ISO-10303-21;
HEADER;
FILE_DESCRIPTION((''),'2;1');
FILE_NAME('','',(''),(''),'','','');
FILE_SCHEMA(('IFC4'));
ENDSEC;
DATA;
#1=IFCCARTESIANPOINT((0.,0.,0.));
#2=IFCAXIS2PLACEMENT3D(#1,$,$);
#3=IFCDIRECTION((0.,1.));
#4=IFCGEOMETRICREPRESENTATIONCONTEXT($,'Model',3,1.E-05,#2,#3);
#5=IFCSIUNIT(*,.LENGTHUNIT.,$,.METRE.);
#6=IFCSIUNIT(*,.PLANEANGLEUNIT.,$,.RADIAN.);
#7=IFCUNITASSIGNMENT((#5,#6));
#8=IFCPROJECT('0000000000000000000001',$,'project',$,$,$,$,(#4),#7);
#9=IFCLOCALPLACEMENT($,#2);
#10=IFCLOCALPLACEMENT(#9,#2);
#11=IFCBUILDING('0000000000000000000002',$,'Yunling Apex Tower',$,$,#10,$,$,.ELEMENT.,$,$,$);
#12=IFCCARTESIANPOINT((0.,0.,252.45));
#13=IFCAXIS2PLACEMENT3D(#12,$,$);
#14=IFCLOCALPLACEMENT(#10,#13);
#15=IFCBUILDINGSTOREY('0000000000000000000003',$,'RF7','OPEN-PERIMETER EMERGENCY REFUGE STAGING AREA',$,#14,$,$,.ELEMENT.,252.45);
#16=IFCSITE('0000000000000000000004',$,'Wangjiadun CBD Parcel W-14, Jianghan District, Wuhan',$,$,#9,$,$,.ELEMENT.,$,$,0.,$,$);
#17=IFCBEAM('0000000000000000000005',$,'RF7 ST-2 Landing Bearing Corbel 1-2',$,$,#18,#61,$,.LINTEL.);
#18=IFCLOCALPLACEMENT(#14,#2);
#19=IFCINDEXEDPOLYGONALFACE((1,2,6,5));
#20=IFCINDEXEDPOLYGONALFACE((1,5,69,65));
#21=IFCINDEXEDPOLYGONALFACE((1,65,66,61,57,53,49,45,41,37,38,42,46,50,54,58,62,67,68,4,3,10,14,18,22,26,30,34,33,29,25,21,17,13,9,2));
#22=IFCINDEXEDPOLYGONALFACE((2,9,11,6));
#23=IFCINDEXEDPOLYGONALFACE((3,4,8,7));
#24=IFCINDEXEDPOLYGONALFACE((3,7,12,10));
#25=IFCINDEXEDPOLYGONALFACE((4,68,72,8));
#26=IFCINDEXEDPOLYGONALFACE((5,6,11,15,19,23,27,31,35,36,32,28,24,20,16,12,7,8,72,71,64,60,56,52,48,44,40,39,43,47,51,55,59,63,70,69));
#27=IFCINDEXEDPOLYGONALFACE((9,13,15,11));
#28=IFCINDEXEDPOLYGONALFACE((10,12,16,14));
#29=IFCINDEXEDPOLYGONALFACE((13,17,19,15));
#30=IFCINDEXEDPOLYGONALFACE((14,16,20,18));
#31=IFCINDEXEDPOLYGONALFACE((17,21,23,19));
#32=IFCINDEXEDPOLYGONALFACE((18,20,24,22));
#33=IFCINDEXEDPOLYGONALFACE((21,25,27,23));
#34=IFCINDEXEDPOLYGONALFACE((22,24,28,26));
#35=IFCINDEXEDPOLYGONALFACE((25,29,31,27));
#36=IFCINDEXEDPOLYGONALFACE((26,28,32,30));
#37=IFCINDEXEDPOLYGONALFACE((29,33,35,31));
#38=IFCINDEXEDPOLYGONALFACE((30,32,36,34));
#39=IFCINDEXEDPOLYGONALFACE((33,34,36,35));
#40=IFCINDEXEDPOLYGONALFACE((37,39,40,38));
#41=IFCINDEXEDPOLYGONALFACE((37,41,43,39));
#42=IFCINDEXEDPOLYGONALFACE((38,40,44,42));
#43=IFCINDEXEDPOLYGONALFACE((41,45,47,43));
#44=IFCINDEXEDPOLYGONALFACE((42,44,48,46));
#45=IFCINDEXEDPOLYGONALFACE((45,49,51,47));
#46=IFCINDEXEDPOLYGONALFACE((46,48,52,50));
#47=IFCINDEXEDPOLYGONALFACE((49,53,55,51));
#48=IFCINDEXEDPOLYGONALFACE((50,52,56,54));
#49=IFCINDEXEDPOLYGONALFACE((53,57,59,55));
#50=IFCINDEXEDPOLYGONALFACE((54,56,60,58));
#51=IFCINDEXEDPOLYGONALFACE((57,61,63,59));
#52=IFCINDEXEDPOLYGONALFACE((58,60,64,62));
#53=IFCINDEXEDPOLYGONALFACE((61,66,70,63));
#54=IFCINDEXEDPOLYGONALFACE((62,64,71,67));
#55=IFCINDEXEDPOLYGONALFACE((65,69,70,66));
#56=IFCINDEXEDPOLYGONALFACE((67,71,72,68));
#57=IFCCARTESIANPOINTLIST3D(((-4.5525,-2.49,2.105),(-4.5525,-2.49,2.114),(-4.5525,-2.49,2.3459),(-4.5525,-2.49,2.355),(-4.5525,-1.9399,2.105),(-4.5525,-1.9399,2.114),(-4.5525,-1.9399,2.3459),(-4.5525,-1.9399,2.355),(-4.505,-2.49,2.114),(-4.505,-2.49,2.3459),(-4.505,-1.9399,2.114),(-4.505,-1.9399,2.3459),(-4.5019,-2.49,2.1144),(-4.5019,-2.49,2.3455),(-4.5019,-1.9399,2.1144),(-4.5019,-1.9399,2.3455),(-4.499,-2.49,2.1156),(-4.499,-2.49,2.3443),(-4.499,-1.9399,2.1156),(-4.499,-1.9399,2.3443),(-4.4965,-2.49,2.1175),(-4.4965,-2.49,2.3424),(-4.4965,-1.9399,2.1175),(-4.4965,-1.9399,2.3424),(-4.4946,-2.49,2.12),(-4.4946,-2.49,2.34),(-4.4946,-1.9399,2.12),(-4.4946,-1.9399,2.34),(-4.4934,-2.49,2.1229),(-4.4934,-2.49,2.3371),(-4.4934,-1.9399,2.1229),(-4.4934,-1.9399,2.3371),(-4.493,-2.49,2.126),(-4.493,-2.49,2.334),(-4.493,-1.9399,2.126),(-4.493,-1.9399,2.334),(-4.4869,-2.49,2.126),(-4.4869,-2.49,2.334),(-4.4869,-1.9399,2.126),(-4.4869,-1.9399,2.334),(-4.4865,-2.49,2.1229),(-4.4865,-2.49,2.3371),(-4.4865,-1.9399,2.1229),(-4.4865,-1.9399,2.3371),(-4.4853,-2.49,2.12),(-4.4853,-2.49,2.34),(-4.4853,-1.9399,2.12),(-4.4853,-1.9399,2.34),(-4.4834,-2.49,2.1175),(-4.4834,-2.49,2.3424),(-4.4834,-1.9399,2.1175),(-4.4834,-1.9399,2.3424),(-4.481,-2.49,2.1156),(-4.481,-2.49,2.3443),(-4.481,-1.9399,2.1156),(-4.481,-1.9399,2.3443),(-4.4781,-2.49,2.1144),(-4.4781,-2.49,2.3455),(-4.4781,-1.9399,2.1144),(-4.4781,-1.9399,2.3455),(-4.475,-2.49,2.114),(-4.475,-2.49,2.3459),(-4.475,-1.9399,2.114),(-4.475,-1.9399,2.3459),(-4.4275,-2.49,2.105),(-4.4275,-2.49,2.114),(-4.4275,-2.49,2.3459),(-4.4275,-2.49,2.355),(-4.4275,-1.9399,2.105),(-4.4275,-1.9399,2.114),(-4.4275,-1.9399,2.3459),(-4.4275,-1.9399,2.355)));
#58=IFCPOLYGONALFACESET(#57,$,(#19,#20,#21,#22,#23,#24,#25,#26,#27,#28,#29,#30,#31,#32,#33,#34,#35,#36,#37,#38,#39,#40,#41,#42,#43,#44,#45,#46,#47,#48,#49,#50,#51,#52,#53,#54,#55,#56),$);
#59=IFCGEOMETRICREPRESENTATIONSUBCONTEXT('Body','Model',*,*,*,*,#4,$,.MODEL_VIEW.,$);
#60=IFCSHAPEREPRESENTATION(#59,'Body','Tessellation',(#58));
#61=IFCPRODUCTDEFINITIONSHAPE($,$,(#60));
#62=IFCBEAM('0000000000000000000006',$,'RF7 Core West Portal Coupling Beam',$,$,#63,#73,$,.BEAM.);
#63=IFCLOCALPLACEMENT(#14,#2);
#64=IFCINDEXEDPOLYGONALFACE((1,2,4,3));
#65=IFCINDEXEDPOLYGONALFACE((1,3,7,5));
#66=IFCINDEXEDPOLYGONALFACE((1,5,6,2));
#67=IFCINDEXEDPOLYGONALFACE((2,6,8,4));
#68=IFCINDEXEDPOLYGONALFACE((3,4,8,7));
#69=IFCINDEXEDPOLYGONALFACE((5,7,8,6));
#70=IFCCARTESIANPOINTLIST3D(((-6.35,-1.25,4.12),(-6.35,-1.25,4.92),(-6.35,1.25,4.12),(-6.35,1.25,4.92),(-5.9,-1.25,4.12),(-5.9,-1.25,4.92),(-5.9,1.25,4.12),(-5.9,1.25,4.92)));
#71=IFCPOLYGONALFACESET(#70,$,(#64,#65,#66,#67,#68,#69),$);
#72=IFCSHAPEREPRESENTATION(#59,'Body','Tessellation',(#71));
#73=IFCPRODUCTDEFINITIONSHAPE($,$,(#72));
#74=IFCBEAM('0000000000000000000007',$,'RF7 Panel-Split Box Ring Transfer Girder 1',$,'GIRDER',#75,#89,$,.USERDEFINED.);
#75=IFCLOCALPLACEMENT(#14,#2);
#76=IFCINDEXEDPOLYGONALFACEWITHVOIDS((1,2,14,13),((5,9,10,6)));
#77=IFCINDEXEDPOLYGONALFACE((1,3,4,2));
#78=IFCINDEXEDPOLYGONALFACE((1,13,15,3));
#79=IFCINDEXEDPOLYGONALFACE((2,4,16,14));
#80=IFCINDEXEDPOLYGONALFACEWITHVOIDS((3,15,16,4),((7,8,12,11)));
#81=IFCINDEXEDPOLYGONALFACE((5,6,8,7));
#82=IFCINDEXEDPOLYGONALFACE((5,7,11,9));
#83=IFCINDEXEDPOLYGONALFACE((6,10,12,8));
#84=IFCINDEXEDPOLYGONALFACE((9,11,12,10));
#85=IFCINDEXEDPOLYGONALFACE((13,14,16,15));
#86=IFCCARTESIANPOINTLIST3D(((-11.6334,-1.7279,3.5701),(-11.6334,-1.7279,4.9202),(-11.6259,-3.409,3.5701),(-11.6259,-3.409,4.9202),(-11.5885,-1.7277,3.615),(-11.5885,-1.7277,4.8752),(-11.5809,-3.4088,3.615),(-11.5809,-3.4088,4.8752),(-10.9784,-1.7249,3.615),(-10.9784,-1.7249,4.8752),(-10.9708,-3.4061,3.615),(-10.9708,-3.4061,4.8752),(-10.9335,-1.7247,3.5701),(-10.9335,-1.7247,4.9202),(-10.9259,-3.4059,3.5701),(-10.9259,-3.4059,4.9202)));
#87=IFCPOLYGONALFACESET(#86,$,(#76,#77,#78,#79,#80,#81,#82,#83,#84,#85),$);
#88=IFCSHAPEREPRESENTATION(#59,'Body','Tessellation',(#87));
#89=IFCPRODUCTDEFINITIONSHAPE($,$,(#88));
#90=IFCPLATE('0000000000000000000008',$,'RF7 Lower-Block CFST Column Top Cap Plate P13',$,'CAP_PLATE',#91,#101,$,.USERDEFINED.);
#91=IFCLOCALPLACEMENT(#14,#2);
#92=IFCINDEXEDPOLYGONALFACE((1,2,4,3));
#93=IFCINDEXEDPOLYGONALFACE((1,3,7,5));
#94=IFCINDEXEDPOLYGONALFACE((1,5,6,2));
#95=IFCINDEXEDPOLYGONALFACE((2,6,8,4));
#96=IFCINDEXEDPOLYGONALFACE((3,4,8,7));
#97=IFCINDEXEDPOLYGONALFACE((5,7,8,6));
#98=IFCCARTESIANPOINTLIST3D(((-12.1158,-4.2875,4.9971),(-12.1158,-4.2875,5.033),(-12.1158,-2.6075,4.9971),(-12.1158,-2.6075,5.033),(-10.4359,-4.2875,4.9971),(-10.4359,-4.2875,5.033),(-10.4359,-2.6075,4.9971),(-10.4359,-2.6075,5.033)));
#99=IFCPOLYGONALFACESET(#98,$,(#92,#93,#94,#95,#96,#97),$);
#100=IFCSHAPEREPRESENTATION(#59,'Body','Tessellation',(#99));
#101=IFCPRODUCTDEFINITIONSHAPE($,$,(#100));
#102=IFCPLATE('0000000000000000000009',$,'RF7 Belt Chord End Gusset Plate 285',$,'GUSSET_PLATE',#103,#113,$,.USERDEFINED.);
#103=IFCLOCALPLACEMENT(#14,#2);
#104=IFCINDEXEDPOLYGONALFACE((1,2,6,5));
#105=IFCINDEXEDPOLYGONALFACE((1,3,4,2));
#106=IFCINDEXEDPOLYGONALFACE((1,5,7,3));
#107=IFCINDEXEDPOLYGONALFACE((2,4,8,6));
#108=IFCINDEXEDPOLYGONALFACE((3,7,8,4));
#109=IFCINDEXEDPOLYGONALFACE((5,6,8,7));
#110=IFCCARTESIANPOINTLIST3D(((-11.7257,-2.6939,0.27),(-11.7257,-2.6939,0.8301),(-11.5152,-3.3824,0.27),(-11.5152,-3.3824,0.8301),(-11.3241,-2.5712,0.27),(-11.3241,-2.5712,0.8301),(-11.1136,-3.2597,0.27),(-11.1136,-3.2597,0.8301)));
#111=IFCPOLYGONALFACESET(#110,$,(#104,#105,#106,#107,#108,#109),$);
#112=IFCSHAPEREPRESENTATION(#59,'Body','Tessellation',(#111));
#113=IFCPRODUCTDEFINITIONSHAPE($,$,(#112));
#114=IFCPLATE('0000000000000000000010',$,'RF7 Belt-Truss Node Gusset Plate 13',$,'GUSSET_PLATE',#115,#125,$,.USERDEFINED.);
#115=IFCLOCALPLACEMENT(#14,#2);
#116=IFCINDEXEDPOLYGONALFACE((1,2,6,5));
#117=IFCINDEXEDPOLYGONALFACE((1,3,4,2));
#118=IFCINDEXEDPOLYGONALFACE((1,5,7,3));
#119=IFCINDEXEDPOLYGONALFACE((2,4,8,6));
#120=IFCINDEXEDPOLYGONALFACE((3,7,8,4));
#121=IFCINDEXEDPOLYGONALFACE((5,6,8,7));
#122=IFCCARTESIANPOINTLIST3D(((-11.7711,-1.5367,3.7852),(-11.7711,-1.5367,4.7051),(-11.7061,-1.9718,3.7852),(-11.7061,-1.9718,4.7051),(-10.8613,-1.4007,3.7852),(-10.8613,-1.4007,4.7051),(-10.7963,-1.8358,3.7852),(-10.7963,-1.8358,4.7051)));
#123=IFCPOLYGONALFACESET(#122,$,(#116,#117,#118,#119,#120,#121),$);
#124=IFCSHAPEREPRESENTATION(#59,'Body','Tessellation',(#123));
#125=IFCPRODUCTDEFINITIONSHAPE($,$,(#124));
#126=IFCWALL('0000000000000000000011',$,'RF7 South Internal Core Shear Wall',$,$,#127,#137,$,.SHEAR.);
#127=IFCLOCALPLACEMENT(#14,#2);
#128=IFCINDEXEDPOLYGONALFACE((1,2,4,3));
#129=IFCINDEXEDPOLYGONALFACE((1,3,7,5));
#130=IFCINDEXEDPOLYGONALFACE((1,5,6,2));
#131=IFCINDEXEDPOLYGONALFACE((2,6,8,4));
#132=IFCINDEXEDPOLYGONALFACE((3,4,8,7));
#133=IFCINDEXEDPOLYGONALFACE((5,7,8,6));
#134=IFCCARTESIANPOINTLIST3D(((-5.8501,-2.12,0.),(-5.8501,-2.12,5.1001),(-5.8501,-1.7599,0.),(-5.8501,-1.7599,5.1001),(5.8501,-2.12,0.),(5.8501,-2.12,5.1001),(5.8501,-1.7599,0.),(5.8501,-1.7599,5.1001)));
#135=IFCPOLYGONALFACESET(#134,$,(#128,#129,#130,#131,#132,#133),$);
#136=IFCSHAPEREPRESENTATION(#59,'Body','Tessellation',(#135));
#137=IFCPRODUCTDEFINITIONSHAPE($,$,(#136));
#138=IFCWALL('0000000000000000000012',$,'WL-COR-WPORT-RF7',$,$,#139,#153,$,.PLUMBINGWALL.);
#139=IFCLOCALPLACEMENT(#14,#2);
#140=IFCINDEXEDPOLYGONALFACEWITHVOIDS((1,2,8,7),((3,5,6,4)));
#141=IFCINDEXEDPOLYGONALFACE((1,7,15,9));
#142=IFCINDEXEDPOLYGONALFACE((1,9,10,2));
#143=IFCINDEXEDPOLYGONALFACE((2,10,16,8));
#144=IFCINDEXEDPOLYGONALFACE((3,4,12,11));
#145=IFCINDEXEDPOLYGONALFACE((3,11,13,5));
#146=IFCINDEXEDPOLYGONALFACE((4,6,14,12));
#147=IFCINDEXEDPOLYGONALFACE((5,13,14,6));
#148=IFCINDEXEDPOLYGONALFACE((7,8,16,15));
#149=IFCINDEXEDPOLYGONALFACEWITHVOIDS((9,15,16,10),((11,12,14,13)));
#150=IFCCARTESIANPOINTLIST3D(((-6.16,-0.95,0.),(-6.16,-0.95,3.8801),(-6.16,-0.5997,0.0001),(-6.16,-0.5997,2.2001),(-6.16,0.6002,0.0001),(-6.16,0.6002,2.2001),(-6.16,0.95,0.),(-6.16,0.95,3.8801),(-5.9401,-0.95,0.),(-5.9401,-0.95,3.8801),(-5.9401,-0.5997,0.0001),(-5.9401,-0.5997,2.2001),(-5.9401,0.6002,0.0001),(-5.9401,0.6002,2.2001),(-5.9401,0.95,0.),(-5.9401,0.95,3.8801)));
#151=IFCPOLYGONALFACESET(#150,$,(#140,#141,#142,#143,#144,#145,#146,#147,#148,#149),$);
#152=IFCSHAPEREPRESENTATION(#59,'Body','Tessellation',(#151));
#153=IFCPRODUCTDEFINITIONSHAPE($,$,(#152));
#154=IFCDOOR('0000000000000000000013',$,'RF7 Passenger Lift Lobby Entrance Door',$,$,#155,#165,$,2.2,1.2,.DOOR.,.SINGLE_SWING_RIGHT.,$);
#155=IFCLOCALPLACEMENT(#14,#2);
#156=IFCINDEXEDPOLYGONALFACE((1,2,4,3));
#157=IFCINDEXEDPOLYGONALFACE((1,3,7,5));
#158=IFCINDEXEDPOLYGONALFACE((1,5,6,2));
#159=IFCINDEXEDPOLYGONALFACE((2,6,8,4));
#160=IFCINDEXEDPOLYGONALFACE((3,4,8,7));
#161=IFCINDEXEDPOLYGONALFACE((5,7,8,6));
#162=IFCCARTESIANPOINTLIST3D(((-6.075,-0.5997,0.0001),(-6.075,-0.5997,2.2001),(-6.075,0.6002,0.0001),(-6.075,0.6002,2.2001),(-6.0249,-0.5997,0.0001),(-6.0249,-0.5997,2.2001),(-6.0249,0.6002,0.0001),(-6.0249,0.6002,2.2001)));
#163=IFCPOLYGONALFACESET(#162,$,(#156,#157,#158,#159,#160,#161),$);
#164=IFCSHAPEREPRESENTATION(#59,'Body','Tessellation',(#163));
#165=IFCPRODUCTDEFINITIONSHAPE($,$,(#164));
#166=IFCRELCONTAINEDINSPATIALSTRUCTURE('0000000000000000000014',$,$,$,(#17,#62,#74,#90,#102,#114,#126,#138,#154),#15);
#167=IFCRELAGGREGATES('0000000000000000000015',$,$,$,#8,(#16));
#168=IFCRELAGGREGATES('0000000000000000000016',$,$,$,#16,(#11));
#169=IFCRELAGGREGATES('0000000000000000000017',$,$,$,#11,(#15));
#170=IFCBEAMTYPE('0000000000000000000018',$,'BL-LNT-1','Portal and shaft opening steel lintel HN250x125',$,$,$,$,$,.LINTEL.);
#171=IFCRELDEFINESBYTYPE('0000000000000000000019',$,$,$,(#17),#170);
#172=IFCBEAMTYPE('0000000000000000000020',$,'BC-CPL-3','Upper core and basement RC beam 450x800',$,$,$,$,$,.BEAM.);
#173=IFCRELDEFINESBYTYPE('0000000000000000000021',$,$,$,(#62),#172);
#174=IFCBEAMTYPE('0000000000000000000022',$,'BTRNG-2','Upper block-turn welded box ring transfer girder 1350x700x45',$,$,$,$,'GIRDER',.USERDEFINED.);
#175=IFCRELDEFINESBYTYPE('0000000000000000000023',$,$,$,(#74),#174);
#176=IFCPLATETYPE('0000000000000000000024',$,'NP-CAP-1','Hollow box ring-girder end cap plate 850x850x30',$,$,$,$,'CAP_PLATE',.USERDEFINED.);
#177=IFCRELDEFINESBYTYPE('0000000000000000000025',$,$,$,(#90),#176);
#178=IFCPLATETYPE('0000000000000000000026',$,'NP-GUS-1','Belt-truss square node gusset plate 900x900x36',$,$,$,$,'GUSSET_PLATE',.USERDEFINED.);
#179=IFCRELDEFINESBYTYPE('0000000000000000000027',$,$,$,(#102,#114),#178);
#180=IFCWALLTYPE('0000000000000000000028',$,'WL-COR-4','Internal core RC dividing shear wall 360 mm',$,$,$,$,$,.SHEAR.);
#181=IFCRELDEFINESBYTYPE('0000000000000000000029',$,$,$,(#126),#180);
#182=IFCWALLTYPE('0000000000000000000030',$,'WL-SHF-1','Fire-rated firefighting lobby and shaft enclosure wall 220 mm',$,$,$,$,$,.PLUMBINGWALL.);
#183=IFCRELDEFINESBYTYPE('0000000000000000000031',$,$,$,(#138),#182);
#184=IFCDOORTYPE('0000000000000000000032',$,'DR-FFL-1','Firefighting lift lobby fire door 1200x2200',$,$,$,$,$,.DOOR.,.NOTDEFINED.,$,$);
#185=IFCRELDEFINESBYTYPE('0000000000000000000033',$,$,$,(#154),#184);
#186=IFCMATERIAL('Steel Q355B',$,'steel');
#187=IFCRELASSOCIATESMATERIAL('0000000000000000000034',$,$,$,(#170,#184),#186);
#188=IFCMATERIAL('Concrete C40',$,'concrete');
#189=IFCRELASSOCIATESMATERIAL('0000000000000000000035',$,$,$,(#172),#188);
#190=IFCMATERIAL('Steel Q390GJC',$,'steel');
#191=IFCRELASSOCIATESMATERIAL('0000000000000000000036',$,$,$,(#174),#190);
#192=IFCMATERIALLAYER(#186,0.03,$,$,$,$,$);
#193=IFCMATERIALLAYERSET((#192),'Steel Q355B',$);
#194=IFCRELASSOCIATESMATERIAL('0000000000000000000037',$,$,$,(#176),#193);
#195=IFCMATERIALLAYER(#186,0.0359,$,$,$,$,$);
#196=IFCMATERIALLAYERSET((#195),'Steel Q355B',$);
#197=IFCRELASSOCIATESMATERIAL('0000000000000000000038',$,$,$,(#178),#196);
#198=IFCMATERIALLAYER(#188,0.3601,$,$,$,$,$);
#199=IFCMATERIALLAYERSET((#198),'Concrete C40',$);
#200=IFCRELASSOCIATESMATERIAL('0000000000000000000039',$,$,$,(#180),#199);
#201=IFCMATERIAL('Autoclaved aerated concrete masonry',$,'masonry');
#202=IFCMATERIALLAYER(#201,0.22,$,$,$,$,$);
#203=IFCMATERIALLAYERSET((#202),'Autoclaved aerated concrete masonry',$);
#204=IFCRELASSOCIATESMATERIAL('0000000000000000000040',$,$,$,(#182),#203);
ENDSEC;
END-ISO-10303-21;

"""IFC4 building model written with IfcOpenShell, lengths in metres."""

from ifc_helpers import new_model, si_unit, direction, frame, frame_2d, origin, origin_2d, place, context, subcontext, project, spatial, rectangle, hollow_rectangle, i_section, extrude, source, transform, mapped, material, layer, layer_set, material_profile, profile_set, type_object, element, fill, save


model = new_model("IFC4")

# Units and contexts
model_context = context("Model", 3, precision=1e-05, world=origin(), true_north=direction((0.0, 1.0)))
body_context = subcontext(model_context, "Body", "Model", "MODEL_VIEW")
ifc_project = project(units=[si_unit("LENGTHUNIT", "METRE"), si_unit("PLANEANGLEUNIT", "RADIAN")], contexts=[model_context])

# Site, building, storey
site_placement = place(None, origin())
site = spatial("IfcSite", under=ifc_project, at=site_placement, Name="Wangjiadun CBD Parcel W-14, Jianghan District, Wuhan", CompositionType="ELEMENT", RefElevation=0.0)
building_placement = place(site_placement, origin())
building = spatial("IfcBuilding", under=site, at=building_placement, Name="Yunling Apex Tower", CompositionType="ELEMENT")
storey_placement = place(building_placement, frame((0.0, 0.0, 252.45)))
storey = spatial("IfcBuildingStorey", under=building, at=storey_placement, Name="RF7", Description="OPEN-PERIMETER EMERGENCY REFUGE STAGING AREA", CompositionType="ELEMENT", Elevation=252.45)

# Shared definitions
ifc_material_1 = material(Name="Steel Q390GJC", Category="steel")

# Beams
ifc_material_2 = material(Name="Steel Q355B", Category="steel")
ifc_material_profile_1 = material_profile(ifc_material_2, i_section(OverallWidth=0.125, OverallDepth=0.25, WebThickness=0.0061, FlangeThickness=0.009, FilletRadius=0.012, at=origin_2d()))
ifc_profile_set_1 = profile_set([ifc_material_profile_1], Name="Steel Q355B")
beam_type_1 = type_object("IfcBeamType", Name="BL-LNT-1", Description="Portal and shaft opening steel lintel HN250x125", PredefinedType="LINTEL", material=ifc_profile_set_1)
shared_shape_1 = source(origin(), body_context, "Body", "SweptSolid", [
    extrude(i_section(OverallWidth=0.125, OverallDepth=0.25, WebThickness=0.0061, FlangeThickness=0.009, FilletRadius=0.012, at=origin_2d()), origin(), (0.0, 0.0, 1.0), 0.55),
])
for number, where, z_axis, x_axis, name in (
    (1, (-4.49, -1.9399, 2.23), (0.0, -1.0, 0.0), (1.0, 0.0, 0.0), "RF7 ST-2 Landing Bearing Corbel 1-2"),
):
    element("IfcBeam", number, at=place(storey_placement, frame(where, z_axis=z_axis, x_axis=x_axis)), inside=storey, type_object=beam_type_1, Name=name, PredefinedType="LINTEL", context=body_context, shape_type="MappedRepresentation", body=[
        mapped(shared_shape_1, transform((0.0, 0.0, 0.0), scale=1.0)),
    ])
ifc_material_3 = material(Name="Concrete C40", Category="concrete")
ifc_material_profile_2 = material_profile(ifc_material_3, rectangle(XDim=0.45, YDim=0.8, at=origin_2d()))
ifc_profile_set_2 = profile_set([ifc_material_profile_2], Name="Concrete C40")
beam_type_2 = type_object("IfcBeamType", Name="BC-CPL-3", Description="Upper core and basement RC beam 450x800", PredefinedType="BEAM", material=ifc_profile_set_2)
shared_shape_2 = source(origin(), body_context, "Body", "SweptSolid", [
    extrude(rectangle(XDim=0.45, YDim=0.8, at=origin_2d()), origin(), (0.0, 0.0, 1.0), 2.5),
])
beam_1_placement = place(storey_placement, frame((-6.125, -1.25, 4.52), z_axis=(0.0, 1.0, 0.0), x_axis=(-1.0, 0.0, 0.0)))
element("IfcBeam", 2, at=beam_1_placement, inside=storey, type_object=beam_type_2, Name="RF7 Core West Portal Coupling Beam", PredefinedType="BEAM", context=body_context, shape_type="MappedRepresentation", body=[
    mapped(shared_shape_2, transform((0.0, 0.0, 0.0), scale=1.0)),
])
ifc_material_profile_3 = material_profile(ifc_material_1, hollow_rectangle(XDim=0.7, YDim=1.3501, WallThickness=0.0449, at=origin_2d()))
ifc_profile_set_3 = profile_set([ifc_material_profile_3], Name="Steel Q390GJC")
beam_type_3 = type_object("IfcBeamType", Name="BTRNG-2", Description="Upper block-turn welded box ring transfer girder 1350x700x45", ElementType="GIRDER", PredefinedType="USERDEFINED", material=ifc_profile_set_3)
shared_shape_3 = source(origin(), body_context, "Body", "SweptSolid", [
    extrude(hollow_rectangle(XDim=0.7, YDim=1.3501, WallThickness=0.0449, at=origin_2d()), origin(), (0.0, 0.0, 1.0), 1.6812),
])
beam_2_placement = place(storey_placement, frame((-11.2834, -1.7263, 4.2451), z_axis=(0.004502, -0.99999, 0.0), x_axis=(0.99999, 0.004502, 0.0)))
element("IfcBeam", 3, at=beam_2_placement, inside=storey, type_object=beam_type_3, Name="RF7 Panel-Split Box Ring Transfer Girder 1", ObjectType="GIRDER", PredefinedType="USERDEFINED", context=body_context, shape_type="MappedRepresentation", body=[
    mapped(shared_shape_3, transform((0.0, 0.0, 0.0), scale=1.0)),
])

# Plates
ifc_layer_1 = layer(ifc_material_2, 0.03)
ifc_layer_set_1 = layer_set([ifc_layer_1], Name="Steel Q355B")
plate_type_1 = type_object("IfcPlateType", Name="NP-CAP-1", Description="Hollow box ring-girder end cap plate 850x850x30", ElementType="CAP_PLATE", PredefinedType="USERDEFINED", material=ifc_layer_set_1)
shared_shape_4 = source(origin(), body_context, "Body", "SweptSolid", [
    extrude(rectangle(XDim=1.6799, YDim=1.6799, at=origin_2d()), origin(), (0.0, 0.0, 1.0), 0.0359),
])
plate_1_placement = place(storey_placement, frame((-11.2759, -3.4475, 4.9971), z_axis=(0.0, 0.0, 1.0), x_axis=(1.0, 0.0, 0.0)))
element("IfcPlate", 4, at=plate_1_placement, inside=storey, type_object=plate_type_1, Name="RF7 Lower-Block CFST Column Top Cap Plate P13", ObjectType="CAP_PLATE", PredefinedType="USERDEFINED", context=body_context, shape_type="MappedRepresentation", body=[
    mapped(shared_shape_4, transform((0.0, 0.0, 0.0), scale=1.0)),
])
ifc_layer_2 = layer(ifc_material_2, 0.0359)
ifc_layer_set_2 = layer_set([ifc_layer_2], Name="Steel Q355B")
plate_type_2 = type_object("IfcPlateType", Name="NP-GUS-1", Description="Belt-truss square node gusset plate 900x900x36", ElementType="GUSSET_PLATE", PredefinedType="USERDEFINED", material=ifc_layer_set_2)
shared_shape_5 = source(origin(), body_context, "Body", "SweptSolid", [
    extrude(rectangle(XDim=0.72, YDim=0.4199, at=origin_2d()), origin(), (0.0, 0.0, 1.0), 0.5601),
])
plate_2_placement = place(storey_placement, frame((-11.4197, -2.9768, 0.27), z_axis=(0.0, 0.0, 1.0), x_axis=(0.292372, -0.956305, 0.0)))
element("IfcPlate", 5, at=plate_2_placement, inside=storey, type_object=plate_type_2, Name="RF7 Belt Chord End Gusset Plate 285", ObjectType="GUSSET_PLATE", PredefinedType="USERDEFINED", context=body_context, shape_type="MappedRepresentation", body=[
    mapped(shared_shape_5, transform((0.0, 0.0, 0.0), scale=1.0)),
])
shared_shape_6 = source(origin(), body_context, "Body", "SweptSolid", [
    extrude(rectangle(XDim=0.9199, YDim=0.4399, at=origin_2d()), origin(), (0.0, 0.0, 1.0), 0.9199),
])
plate_3_placement = place(storey_placement, frame((-11.2837, -1.6863, 3.7852), z_axis=(0.0, 0.0, 1.0), x_axis=(-0.989016, -0.147809, 0.0)))
element("IfcPlate", 6, at=plate_3_placement, inside=storey, type_object=plate_type_2, Name="RF7 Belt-Truss Node Gusset Plate 13", ObjectType="GUSSET_PLATE", PredefinedType="USERDEFINED", context=body_context, shape_type="MappedRepresentation", body=[
    mapped(shared_shape_6, transform((0.0, 0.0, 0.0), scale=1.0)),
])

# Wall
ifc_layer_3 = layer(ifc_material_3, 0.3601)
ifc_layer_set_3 = layer_set([ifc_layer_3], Name="Concrete C40")
wall_type_1 = type_object("IfcWallType", Name="WL-COR-4", Description="Internal core RC dividing shear wall 360 mm", PredefinedType="SHEAR", material=ifc_layer_set_3)
wall_1_placement = place(storey_placement, frame((-5.8501, -1.9399, 0.0), z_axis=(0.0, 0.0, 1.0), x_axis=(1.0, 0.0, 0.0)))
element("IfcWall", 7, at=wall_1_placement, inside=storey, type_object=wall_type_1, Name="RF7 South Internal Core Shear Wall", PredefinedType="SHEAR", context=body_context, shape_type="SweptSolid", body=[
    extrude(rectangle(XDim=11.7002, YDim=0.3601, at=frame_2d((5.8501, 0.0))), origin(), (0.0, 0.0, 1.0), 5.1001),
])

# Wall, opening, door
ifc_material_4 = material(Name="Autoclaved aerated concrete masonry", Category="masonry")
ifc_layer_4 = layer(ifc_material_4, 0.22)
ifc_layer_set_4 = layer_set([ifc_layer_4], Name="Autoclaved aerated concrete masonry")
wall_type_2 = type_object("IfcWallType", Name="WL-SHF-1", Description="Fire-rated firefighting lobby and shaft enclosure wall 220 mm", PredefinedType="PLUMBINGWALL", material=ifc_layer_set_4)
wall_2_placement = place(storey_placement, frame((-6.05, -0.95, 0.0), z_axis=(0.0, 0.0, 1.0), x_axis=(0.0, 1.0, 0.0)))
wall_2 = element("IfcWall", 8, at=wall_2_placement, inside=storey, type_object=wall_type_2, Name="WL-COR-WPORT-RF7", PredefinedType="PLUMBINGWALL", context=body_context, shape_type="SweptSolid", body=[
    extrude(rectangle(XDim=1.8999, YDim=0.22, at=frame_2d((0.95, 0.0))), origin(), (0.0, 0.0, 1.0), 3.8801),
])
opening_1_placement = place(wall_2_placement, frame((0.3501, 0.0, 0.0)))
opening_1 = element("IfcOpeningElement", 9, at=opening_1_placement, cuts=wall_2, PredefinedType="OPENING", context=body_context, shape_type="SweptSolid", body=[
    extrude(rectangle(XDim=1.2, YDim=2.2, at=frame_2d((0.6001, 1.1001))), frame((0.0, 0.1201, 0.0), z_axis=(0.0, -1.0, 0.0), x_axis=(1.0, 0.0, 0.0)), (0.0, 0.0, 1.0), 0.24),
])
door_type_1 = type_object("IfcDoorType", Name="DR-FFL-1", Description="Firefighting lift lobby fire door 1200x2200", OperationType="NOTDEFINED", PredefinedType="DOOR", material=ifc_material_2)
door_1_placement = place(opening_1_placement, origin())
door_1 = element("IfcDoor", 10, at=door_1_placement, inside=storey, type_object=door_type_1, Name="RF7 Passenger Lift Lobby Entrance Door", OperationType="SINGLE_SWING_RIGHT", OverallHeight=2.2, OverallWidth=1.2, PredefinedType="DOOR", context=body_context, shape_type="SweptSolid", body=[
    extrude(rectangle(XDim=1.2, YDim=2.2, at=frame_2d((0.6001, 1.1001))), frame((0.0, 0.0249, 0.0), z_axis=(0.0, -1.0, 0.0), x_axis=(1.0, 0.0, 0.0)), (0.0, 0.0, 1.0), 0.05),
])
fill(opening_1, door_1)

save(model, "model.ifc")
